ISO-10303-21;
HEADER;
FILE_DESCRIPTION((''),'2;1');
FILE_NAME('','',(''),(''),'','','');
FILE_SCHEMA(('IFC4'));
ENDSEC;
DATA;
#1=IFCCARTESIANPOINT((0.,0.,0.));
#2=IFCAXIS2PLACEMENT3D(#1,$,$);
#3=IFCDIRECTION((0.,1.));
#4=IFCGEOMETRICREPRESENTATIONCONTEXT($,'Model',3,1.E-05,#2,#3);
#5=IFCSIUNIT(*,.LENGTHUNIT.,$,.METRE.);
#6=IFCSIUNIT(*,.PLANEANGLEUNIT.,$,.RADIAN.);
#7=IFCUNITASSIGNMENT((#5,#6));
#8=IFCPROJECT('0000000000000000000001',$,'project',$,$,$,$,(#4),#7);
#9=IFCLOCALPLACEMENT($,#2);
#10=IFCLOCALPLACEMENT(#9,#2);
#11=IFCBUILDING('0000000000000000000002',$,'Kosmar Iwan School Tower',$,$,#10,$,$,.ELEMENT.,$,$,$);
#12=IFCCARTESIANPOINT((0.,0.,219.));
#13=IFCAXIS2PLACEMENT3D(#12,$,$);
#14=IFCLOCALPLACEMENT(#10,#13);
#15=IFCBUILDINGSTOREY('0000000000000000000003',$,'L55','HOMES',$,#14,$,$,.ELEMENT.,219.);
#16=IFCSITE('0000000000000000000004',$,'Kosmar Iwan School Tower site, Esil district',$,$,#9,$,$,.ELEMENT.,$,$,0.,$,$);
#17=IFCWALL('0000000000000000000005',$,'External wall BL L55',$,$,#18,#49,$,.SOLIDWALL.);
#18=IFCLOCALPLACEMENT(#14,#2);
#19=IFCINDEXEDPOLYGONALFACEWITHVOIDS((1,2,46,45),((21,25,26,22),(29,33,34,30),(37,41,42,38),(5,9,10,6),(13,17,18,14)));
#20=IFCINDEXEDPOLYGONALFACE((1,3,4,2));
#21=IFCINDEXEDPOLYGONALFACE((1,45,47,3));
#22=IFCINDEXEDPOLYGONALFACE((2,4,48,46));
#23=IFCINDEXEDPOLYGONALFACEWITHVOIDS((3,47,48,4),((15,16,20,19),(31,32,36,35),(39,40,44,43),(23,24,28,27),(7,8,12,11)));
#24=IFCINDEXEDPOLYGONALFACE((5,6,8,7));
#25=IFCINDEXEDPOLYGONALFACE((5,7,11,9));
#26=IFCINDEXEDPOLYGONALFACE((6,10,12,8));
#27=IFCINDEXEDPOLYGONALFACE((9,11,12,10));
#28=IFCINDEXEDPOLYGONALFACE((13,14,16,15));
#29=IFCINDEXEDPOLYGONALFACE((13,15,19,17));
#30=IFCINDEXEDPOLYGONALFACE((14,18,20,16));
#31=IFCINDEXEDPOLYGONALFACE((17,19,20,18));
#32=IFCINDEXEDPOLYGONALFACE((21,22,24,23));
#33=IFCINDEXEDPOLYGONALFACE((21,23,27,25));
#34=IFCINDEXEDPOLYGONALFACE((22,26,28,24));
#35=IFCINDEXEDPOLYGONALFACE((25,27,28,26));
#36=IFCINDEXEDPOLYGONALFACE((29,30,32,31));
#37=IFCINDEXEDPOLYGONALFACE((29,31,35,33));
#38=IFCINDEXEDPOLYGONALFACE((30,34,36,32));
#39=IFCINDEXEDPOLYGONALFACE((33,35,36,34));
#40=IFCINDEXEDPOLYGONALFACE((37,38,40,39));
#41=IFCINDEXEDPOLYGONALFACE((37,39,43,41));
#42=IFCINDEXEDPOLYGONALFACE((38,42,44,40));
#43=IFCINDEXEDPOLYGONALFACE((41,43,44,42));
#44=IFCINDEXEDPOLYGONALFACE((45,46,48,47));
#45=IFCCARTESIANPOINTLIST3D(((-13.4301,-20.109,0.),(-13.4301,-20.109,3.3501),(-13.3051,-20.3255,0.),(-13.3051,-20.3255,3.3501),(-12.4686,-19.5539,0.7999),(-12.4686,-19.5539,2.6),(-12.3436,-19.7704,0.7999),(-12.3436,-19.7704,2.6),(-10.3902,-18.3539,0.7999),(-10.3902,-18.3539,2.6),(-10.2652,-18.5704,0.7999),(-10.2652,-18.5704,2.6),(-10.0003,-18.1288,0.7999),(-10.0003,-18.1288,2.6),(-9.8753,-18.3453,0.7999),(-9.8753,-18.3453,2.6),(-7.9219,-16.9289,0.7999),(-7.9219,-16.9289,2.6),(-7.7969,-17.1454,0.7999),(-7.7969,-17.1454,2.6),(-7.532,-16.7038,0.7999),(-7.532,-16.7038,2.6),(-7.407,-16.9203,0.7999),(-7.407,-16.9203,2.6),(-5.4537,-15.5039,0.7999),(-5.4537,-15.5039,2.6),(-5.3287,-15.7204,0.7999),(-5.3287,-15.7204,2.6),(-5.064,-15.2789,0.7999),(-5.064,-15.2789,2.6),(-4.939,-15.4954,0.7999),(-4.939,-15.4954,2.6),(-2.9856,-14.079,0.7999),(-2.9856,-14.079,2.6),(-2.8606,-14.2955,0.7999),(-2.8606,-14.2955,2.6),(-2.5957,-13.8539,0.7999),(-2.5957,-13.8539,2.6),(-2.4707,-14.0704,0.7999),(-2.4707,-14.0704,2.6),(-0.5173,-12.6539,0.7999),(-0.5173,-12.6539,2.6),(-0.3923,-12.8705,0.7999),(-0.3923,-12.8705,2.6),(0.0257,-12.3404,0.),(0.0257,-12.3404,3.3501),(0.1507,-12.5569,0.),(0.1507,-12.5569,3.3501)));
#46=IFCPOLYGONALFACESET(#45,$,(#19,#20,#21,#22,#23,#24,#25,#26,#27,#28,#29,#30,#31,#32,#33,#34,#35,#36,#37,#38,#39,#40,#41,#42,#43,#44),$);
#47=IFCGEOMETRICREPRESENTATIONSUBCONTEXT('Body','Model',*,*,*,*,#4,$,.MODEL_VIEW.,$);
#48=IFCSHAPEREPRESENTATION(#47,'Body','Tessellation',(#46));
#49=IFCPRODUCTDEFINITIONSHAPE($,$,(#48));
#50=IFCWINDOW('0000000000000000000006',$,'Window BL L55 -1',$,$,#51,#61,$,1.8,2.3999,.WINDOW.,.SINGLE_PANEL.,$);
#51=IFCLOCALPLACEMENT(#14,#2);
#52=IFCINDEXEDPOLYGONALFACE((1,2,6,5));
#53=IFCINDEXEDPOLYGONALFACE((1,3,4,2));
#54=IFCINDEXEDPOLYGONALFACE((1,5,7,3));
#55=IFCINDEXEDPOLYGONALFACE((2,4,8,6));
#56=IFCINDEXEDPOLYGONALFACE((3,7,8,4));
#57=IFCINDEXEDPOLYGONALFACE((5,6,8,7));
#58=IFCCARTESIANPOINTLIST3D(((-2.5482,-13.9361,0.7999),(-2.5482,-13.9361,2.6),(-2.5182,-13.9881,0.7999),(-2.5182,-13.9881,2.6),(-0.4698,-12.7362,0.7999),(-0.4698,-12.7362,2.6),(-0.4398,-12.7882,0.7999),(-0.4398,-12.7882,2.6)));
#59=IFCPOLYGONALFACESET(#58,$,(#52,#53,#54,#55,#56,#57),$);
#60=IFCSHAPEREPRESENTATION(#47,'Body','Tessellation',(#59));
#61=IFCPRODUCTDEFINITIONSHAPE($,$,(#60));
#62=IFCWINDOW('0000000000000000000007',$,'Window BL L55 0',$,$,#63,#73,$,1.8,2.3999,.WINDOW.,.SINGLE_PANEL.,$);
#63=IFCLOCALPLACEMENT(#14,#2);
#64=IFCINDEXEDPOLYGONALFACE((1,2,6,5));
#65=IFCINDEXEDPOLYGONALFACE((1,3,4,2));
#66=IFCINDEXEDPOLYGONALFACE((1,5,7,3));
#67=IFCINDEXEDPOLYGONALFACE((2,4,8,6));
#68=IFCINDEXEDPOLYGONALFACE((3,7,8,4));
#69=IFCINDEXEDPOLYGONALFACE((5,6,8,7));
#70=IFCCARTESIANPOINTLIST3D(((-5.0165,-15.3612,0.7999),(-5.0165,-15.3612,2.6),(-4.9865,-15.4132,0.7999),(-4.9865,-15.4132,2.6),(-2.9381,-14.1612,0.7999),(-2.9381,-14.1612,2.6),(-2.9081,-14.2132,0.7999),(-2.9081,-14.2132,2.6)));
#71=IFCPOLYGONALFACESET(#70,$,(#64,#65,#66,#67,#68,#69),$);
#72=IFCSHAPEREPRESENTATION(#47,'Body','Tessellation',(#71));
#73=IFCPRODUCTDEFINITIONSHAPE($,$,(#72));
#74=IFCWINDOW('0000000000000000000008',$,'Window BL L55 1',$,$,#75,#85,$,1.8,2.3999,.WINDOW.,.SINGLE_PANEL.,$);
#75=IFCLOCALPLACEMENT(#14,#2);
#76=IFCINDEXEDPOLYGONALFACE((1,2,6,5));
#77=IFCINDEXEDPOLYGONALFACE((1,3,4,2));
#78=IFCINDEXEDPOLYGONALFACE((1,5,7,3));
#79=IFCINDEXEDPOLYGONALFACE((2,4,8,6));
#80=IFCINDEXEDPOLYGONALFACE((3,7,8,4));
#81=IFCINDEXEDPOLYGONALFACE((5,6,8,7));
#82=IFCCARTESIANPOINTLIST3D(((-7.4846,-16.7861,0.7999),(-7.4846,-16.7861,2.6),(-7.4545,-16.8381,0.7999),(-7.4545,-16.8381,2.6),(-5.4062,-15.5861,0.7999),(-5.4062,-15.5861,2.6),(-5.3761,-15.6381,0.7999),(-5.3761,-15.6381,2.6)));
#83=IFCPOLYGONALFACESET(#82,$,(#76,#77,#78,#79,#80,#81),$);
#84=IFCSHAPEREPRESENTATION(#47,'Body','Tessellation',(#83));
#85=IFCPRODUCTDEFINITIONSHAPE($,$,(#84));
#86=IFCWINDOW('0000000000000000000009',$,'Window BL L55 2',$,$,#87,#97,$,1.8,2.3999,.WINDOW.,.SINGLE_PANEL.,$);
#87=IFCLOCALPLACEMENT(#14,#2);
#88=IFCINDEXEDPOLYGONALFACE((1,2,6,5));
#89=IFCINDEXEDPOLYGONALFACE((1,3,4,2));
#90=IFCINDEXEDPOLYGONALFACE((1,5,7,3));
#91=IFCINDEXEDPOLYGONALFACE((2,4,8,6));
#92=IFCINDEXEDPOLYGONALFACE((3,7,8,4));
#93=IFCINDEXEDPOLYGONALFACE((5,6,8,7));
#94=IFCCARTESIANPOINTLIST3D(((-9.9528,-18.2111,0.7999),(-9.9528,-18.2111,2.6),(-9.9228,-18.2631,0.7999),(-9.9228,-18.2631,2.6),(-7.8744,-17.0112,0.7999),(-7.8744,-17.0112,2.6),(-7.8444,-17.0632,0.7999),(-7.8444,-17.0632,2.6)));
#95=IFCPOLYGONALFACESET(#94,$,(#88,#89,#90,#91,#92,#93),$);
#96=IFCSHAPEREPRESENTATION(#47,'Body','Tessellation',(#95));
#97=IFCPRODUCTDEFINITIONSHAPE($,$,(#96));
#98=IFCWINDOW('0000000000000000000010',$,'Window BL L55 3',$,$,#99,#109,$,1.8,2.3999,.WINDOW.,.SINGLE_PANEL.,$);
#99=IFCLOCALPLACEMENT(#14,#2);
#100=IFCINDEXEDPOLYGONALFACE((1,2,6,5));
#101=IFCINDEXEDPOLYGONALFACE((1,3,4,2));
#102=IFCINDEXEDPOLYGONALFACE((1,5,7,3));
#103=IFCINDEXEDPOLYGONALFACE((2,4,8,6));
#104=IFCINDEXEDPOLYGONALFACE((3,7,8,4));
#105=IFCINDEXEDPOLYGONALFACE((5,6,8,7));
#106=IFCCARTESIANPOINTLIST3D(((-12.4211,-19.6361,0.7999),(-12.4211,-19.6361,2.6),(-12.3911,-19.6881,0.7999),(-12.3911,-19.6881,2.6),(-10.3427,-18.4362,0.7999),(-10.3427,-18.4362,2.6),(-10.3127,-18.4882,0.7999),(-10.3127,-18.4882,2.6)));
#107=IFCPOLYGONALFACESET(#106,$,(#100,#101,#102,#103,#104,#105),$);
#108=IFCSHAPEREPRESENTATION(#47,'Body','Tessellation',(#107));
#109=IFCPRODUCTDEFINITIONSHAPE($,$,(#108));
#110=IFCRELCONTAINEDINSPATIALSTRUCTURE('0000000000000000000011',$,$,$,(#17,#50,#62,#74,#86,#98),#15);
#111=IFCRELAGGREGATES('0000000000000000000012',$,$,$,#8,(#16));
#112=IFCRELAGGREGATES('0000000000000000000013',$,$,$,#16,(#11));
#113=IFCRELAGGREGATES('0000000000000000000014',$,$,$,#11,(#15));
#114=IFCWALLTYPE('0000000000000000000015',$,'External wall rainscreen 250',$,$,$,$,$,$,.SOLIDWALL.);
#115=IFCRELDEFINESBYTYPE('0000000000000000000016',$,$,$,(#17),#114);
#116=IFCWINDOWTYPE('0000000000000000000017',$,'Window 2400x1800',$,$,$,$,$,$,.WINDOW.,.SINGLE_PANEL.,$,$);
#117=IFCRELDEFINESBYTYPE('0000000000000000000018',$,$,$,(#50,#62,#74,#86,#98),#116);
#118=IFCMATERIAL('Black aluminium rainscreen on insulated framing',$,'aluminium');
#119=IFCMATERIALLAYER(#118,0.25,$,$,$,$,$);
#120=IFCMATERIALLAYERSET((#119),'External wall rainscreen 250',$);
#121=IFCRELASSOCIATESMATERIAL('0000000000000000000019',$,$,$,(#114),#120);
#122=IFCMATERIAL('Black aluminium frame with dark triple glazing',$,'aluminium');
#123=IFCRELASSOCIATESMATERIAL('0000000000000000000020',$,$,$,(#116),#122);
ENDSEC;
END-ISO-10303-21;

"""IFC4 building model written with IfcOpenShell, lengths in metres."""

from ifc_helpers import new_model, si_unit, direction, frame, frame_2d, origin, place, context, subcontext, project, spatial, rectangle, extrude, material, layer, layer_set, type_object, element, fill, save


model = new_model("IFC4")

# Units and contexts
model_context = context("Model", 3, precision=1e-05, world=origin(), true_north=direction((0.0, 1.0)))
body_context = subcontext(model_context, "Body", "Model", "MODEL_VIEW")
ifc_project = project(units=[si_unit("LENGTHUNIT", "METRE"), si_unit("PLANEANGLEUNIT", "RADIAN")], contexts=[model_context])

# Site, building, storey
site_placement = place(None, origin())
site = spatial("IfcSite", under=ifc_project, at=site_placement, Name="Kosmar Iwan School Tower site, Esil district", CompositionType="ELEMENT", RefElevation=0.0)
building_placement = place(site_placement, origin())
building = spatial("IfcBuilding", under=site, at=building_placement, Name="Kosmar Iwan School Tower", CompositionType="ELEMENT")
storey_placement = place(building_placement, frame((0.0, 0.0, 219.0)))
storey = spatial("IfcBuildingStorey", under=building, at=storey_placement, Name="L55", Description="HOMES", CompositionType="ELEMENT", Elevation=219.0)

# Wall, openings, windows
ifc_material_1 = material(Name="Black aluminium rainscreen on insulated framing", Category="aluminium")
ifc_layer_1 = layer(ifc_material_1, 0.25)
ifc_layer_set_1 = layer_set([ifc_layer_1], Name="External wall rainscreen 250")
wall_type_1 = type_object("IfcWallType", Name="External wall rainscreen 250", PredefinedType="SOLIDWALL", material=ifc_layer_set_1)
wall_1_placement = place(storey_placement, frame((0.0881, -12.4487, 0.0), z_axis=(0.0, 0.0, 1.0), x_axis=(-0.86603, -0.499992, 0.0)))
wall_1 = element("IfcWall", 1, at=wall_1_placement, inside=storey, type_object=wall_type_1, Name="External wall BL L55", PredefinedType="SOLIDWALL", context=body_context, shape_type="SweptSolid", body=[
    extrude(rectangle(XDim=15.5374, YDim=0.25, at=frame_2d((7.7686, 0.0))), origin(), (0.0, 0.0, 1.0), 3.3501),
])
opening_1_placement = place(wall_1_placement, frame((0.627, 0.0, 0.8)))
opening_1 = element("IfcOpeningElement", 2, at=opening_1_placement, cuts=wall_1, PredefinedType="OPENING", context=body_context, shape_type="SweptSolid", body=[
    extrude(rectangle(XDim=2.3999, YDim=1.8, at=frame_2d((1.2, 0.8999))), frame((0.0, 0.137, 0.0), z_axis=(0.0, -1.0, 0.0), x_axis=(1.0, 0.0, 0.0)), (0.0, 0.0, 1.0), 0.2739),
])
opening_2_placement = place(wall_1_placement, frame((3.4771, 0.0, 0.8)))
opening_2 = element("IfcOpeningElement", 3, at=opening_2_placement, cuts=wall_1, PredefinedType="OPENING", context=body_context, shape_type="SweptSolid", body=[
    extrude(rectangle(XDim=2.3999, YDim=1.8, at=frame_2d((1.2, 0.8999))), frame((0.0, 0.137, 0.0), z_axis=(0.0, -1.0, 0.0), x_axis=(1.0, 0.0, 0.0)), (0.0, 0.0, 1.0), 0.2739),
])
opening_3_placement = place(wall_1_placement, frame((6.3269, 0.0, 0.8)))
opening_3 = element("IfcOpeningElement", 4, at=opening_3_placement, cuts=wall_1, PredefinedType="OPENING", context=body_context, shape_type="SweptSolid", body=[
    extrude(rectangle(XDim=2.3999, YDim=1.8, at=frame_2d((1.2, 0.8999))), frame((0.0, 0.137, 0.0), z_axis=(0.0, -1.0, 0.0), x_axis=(1.0, 0.0, 0.0)), (0.0, 0.0, 1.0), 0.2739),
])
opening_4_placement = place(wall_1_placement, frame((9.177, 0.0, 0.8)))
opening_4 = element("IfcOpeningElement", 5, at=opening_4_placement, cuts=wall_1, PredefinedType="OPENING", context=body_context, shape_type="SweptSolid", body=[
    extrude(rectangle(XDim=2.3999, YDim=1.8, at=frame_2d((1.2, 0.8999))), frame((0.0, 0.137, 0.0), z_axis=(0.0, -1.0, 0.0), x_axis=(1.0, 0.0, 0.0)), (0.0, 0.0, 1.0), 0.2739),
])
opening_5_placement = place(wall_1_placement, frame((12.0271, 0.0, 0.8)))
opening_5 = element("IfcOpeningElement", 6, at=opening_5_placement, cuts=wall_1, PredefinedType="OPENING", context=body_context, shape_type="SweptSolid", body=[
    extrude(rectangle(XDim=2.3999, YDim=1.8, at=frame_2d((1.2, 0.8999))), frame((0.0, 0.137, 0.0), z_axis=(0.0, -1.0, 0.0), x_axis=(1.0, 0.0, 0.0)), (0.0, 0.0, 1.0), 0.2739),
])
ifc_material_2 = material(Name="Black aluminium frame with dark triple glazing", Category="aluminium")
window_type = type_object("IfcWindowType", Name="Window 2400x1800", PartitioningType="SINGLE_PANEL", PredefinedType="WINDOW", material=ifc_material_2)
window_1_placement = place(opening_1_placement, origin())
window_1 = element("IfcWindow", 7, at=window_1_placement, inside=storey, type_object=window_type, Name="Window BL L55 -1", OverallHeight=1.8, OverallWidth=2.3999, PartitioningType="SINGLE_PANEL", PredefinedType="WINDOW", context=body_context, shape_type="SweptSolid", body=[
    extrude(rectangle(XDim=2.3999, YDim=1.8, at=frame_2d((1.2, 0.8999))), frame((0.0, 0.03, 0.0), z_axis=(0.0, -1.0, 0.0), x_axis=(1.0, 0.0, 0.0)), (0.0, 0.0, 1.0), 0.0601),
])
fill(opening_1, window_1)
window_2_placement = place(opening_2_placement, origin())
window_2 = element("IfcWindow", 8, at=window_2_placement, inside=storey, type_object=window_type, Name="Window BL L55 0", OverallHeight=1.8, OverallWidth=2.3999, PartitioningType="SINGLE_PANEL", PredefinedType="WINDOW", context=body_context, shape_type="SweptSolid", body=[
    extrude(rectangle(XDim=2.3999, YDim=1.8, at=frame_2d((1.2, 0.8999))), frame((0.0, 0.03, 0.0), z_axis=(0.0, -1.0, 0.0), x_axis=(1.0, 0.0, 0.0)), (0.0, 0.0, 1.0), 0.0601),
])
fill(opening_2, window_2)
window_3_placement = place(opening_3_placement, origin())
window_3 = element("IfcWindow", 9, at=window_3_placement, inside=storey, type_object=window_type, Name="Window BL L55 1", OverallHeight=1.8, OverallWidth=2.3999, PartitioningType="SINGLE_PANEL", PredefinedType="WINDOW", context=body_context, shape_type="SweptSolid", body=[
    extrude(rectangle(XDim=2.3999, YDim=1.8, at=frame_2d((1.2, 0.8999))), frame((0.0, 0.03, 0.0), z_axis=(0.0, -1.0, 0.0), x_axis=(1.0, 0.0, 0.0)), (0.0, 0.0, 1.0), 0.0601),
])
fill(opening_3, window_3)
window_4_placement = place(opening_4_placement, origin())
window_4 = element("IfcWindow", 10, at=window_4_placement, inside=storey, type_object=window_type, Name="Window BL L55 2", OverallHeight=1.8, OverallWidth=2.3999, PartitioningType="SINGLE_PANEL", PredefinedType="WINDOW", context=body_context, shape_type="SweptSolid", body=[
    extrude(rectangle(XDim=2.3999, YDim=1.8, at=frame_2d((1.2, 0.8999))), frame((0.0, 0.03, 0.0), z_axis=(0.0, -1.0, 0.0), x_axis=(1.0, 0.0, 0.0)), (0.0, 0.0, 1.0), 0.0601),
])
fill(opening_4, window_4)
window_5_placement = place(opening_5_placement, origin())
window_5 = element("IfcWindow", 11, at=window_5_placement, inside=storey, type_object=window_type, Name="Window BL L55 3", OverallHeight=1.8, OverallWidth=2.3999, PartitioningType="SINGLE_PANEL", PredefinedType="WINDOW", context=body_context, shape_type="SweptSolid", body=[
    extrude(rectangle(XDim=2.3999, YDim=1.8, at=frame_2d((1.2, 0.8999))), frame((0.0, 0.03, 0.0), z_axis=(0.0, -1.0, 0.0), x_axis=(1.0, 0.0, 0.0)), (0.0, 0.0, 1.0), 0.0601),
])
fill(opening_5, window_5)

save(model, "model.ifc")
